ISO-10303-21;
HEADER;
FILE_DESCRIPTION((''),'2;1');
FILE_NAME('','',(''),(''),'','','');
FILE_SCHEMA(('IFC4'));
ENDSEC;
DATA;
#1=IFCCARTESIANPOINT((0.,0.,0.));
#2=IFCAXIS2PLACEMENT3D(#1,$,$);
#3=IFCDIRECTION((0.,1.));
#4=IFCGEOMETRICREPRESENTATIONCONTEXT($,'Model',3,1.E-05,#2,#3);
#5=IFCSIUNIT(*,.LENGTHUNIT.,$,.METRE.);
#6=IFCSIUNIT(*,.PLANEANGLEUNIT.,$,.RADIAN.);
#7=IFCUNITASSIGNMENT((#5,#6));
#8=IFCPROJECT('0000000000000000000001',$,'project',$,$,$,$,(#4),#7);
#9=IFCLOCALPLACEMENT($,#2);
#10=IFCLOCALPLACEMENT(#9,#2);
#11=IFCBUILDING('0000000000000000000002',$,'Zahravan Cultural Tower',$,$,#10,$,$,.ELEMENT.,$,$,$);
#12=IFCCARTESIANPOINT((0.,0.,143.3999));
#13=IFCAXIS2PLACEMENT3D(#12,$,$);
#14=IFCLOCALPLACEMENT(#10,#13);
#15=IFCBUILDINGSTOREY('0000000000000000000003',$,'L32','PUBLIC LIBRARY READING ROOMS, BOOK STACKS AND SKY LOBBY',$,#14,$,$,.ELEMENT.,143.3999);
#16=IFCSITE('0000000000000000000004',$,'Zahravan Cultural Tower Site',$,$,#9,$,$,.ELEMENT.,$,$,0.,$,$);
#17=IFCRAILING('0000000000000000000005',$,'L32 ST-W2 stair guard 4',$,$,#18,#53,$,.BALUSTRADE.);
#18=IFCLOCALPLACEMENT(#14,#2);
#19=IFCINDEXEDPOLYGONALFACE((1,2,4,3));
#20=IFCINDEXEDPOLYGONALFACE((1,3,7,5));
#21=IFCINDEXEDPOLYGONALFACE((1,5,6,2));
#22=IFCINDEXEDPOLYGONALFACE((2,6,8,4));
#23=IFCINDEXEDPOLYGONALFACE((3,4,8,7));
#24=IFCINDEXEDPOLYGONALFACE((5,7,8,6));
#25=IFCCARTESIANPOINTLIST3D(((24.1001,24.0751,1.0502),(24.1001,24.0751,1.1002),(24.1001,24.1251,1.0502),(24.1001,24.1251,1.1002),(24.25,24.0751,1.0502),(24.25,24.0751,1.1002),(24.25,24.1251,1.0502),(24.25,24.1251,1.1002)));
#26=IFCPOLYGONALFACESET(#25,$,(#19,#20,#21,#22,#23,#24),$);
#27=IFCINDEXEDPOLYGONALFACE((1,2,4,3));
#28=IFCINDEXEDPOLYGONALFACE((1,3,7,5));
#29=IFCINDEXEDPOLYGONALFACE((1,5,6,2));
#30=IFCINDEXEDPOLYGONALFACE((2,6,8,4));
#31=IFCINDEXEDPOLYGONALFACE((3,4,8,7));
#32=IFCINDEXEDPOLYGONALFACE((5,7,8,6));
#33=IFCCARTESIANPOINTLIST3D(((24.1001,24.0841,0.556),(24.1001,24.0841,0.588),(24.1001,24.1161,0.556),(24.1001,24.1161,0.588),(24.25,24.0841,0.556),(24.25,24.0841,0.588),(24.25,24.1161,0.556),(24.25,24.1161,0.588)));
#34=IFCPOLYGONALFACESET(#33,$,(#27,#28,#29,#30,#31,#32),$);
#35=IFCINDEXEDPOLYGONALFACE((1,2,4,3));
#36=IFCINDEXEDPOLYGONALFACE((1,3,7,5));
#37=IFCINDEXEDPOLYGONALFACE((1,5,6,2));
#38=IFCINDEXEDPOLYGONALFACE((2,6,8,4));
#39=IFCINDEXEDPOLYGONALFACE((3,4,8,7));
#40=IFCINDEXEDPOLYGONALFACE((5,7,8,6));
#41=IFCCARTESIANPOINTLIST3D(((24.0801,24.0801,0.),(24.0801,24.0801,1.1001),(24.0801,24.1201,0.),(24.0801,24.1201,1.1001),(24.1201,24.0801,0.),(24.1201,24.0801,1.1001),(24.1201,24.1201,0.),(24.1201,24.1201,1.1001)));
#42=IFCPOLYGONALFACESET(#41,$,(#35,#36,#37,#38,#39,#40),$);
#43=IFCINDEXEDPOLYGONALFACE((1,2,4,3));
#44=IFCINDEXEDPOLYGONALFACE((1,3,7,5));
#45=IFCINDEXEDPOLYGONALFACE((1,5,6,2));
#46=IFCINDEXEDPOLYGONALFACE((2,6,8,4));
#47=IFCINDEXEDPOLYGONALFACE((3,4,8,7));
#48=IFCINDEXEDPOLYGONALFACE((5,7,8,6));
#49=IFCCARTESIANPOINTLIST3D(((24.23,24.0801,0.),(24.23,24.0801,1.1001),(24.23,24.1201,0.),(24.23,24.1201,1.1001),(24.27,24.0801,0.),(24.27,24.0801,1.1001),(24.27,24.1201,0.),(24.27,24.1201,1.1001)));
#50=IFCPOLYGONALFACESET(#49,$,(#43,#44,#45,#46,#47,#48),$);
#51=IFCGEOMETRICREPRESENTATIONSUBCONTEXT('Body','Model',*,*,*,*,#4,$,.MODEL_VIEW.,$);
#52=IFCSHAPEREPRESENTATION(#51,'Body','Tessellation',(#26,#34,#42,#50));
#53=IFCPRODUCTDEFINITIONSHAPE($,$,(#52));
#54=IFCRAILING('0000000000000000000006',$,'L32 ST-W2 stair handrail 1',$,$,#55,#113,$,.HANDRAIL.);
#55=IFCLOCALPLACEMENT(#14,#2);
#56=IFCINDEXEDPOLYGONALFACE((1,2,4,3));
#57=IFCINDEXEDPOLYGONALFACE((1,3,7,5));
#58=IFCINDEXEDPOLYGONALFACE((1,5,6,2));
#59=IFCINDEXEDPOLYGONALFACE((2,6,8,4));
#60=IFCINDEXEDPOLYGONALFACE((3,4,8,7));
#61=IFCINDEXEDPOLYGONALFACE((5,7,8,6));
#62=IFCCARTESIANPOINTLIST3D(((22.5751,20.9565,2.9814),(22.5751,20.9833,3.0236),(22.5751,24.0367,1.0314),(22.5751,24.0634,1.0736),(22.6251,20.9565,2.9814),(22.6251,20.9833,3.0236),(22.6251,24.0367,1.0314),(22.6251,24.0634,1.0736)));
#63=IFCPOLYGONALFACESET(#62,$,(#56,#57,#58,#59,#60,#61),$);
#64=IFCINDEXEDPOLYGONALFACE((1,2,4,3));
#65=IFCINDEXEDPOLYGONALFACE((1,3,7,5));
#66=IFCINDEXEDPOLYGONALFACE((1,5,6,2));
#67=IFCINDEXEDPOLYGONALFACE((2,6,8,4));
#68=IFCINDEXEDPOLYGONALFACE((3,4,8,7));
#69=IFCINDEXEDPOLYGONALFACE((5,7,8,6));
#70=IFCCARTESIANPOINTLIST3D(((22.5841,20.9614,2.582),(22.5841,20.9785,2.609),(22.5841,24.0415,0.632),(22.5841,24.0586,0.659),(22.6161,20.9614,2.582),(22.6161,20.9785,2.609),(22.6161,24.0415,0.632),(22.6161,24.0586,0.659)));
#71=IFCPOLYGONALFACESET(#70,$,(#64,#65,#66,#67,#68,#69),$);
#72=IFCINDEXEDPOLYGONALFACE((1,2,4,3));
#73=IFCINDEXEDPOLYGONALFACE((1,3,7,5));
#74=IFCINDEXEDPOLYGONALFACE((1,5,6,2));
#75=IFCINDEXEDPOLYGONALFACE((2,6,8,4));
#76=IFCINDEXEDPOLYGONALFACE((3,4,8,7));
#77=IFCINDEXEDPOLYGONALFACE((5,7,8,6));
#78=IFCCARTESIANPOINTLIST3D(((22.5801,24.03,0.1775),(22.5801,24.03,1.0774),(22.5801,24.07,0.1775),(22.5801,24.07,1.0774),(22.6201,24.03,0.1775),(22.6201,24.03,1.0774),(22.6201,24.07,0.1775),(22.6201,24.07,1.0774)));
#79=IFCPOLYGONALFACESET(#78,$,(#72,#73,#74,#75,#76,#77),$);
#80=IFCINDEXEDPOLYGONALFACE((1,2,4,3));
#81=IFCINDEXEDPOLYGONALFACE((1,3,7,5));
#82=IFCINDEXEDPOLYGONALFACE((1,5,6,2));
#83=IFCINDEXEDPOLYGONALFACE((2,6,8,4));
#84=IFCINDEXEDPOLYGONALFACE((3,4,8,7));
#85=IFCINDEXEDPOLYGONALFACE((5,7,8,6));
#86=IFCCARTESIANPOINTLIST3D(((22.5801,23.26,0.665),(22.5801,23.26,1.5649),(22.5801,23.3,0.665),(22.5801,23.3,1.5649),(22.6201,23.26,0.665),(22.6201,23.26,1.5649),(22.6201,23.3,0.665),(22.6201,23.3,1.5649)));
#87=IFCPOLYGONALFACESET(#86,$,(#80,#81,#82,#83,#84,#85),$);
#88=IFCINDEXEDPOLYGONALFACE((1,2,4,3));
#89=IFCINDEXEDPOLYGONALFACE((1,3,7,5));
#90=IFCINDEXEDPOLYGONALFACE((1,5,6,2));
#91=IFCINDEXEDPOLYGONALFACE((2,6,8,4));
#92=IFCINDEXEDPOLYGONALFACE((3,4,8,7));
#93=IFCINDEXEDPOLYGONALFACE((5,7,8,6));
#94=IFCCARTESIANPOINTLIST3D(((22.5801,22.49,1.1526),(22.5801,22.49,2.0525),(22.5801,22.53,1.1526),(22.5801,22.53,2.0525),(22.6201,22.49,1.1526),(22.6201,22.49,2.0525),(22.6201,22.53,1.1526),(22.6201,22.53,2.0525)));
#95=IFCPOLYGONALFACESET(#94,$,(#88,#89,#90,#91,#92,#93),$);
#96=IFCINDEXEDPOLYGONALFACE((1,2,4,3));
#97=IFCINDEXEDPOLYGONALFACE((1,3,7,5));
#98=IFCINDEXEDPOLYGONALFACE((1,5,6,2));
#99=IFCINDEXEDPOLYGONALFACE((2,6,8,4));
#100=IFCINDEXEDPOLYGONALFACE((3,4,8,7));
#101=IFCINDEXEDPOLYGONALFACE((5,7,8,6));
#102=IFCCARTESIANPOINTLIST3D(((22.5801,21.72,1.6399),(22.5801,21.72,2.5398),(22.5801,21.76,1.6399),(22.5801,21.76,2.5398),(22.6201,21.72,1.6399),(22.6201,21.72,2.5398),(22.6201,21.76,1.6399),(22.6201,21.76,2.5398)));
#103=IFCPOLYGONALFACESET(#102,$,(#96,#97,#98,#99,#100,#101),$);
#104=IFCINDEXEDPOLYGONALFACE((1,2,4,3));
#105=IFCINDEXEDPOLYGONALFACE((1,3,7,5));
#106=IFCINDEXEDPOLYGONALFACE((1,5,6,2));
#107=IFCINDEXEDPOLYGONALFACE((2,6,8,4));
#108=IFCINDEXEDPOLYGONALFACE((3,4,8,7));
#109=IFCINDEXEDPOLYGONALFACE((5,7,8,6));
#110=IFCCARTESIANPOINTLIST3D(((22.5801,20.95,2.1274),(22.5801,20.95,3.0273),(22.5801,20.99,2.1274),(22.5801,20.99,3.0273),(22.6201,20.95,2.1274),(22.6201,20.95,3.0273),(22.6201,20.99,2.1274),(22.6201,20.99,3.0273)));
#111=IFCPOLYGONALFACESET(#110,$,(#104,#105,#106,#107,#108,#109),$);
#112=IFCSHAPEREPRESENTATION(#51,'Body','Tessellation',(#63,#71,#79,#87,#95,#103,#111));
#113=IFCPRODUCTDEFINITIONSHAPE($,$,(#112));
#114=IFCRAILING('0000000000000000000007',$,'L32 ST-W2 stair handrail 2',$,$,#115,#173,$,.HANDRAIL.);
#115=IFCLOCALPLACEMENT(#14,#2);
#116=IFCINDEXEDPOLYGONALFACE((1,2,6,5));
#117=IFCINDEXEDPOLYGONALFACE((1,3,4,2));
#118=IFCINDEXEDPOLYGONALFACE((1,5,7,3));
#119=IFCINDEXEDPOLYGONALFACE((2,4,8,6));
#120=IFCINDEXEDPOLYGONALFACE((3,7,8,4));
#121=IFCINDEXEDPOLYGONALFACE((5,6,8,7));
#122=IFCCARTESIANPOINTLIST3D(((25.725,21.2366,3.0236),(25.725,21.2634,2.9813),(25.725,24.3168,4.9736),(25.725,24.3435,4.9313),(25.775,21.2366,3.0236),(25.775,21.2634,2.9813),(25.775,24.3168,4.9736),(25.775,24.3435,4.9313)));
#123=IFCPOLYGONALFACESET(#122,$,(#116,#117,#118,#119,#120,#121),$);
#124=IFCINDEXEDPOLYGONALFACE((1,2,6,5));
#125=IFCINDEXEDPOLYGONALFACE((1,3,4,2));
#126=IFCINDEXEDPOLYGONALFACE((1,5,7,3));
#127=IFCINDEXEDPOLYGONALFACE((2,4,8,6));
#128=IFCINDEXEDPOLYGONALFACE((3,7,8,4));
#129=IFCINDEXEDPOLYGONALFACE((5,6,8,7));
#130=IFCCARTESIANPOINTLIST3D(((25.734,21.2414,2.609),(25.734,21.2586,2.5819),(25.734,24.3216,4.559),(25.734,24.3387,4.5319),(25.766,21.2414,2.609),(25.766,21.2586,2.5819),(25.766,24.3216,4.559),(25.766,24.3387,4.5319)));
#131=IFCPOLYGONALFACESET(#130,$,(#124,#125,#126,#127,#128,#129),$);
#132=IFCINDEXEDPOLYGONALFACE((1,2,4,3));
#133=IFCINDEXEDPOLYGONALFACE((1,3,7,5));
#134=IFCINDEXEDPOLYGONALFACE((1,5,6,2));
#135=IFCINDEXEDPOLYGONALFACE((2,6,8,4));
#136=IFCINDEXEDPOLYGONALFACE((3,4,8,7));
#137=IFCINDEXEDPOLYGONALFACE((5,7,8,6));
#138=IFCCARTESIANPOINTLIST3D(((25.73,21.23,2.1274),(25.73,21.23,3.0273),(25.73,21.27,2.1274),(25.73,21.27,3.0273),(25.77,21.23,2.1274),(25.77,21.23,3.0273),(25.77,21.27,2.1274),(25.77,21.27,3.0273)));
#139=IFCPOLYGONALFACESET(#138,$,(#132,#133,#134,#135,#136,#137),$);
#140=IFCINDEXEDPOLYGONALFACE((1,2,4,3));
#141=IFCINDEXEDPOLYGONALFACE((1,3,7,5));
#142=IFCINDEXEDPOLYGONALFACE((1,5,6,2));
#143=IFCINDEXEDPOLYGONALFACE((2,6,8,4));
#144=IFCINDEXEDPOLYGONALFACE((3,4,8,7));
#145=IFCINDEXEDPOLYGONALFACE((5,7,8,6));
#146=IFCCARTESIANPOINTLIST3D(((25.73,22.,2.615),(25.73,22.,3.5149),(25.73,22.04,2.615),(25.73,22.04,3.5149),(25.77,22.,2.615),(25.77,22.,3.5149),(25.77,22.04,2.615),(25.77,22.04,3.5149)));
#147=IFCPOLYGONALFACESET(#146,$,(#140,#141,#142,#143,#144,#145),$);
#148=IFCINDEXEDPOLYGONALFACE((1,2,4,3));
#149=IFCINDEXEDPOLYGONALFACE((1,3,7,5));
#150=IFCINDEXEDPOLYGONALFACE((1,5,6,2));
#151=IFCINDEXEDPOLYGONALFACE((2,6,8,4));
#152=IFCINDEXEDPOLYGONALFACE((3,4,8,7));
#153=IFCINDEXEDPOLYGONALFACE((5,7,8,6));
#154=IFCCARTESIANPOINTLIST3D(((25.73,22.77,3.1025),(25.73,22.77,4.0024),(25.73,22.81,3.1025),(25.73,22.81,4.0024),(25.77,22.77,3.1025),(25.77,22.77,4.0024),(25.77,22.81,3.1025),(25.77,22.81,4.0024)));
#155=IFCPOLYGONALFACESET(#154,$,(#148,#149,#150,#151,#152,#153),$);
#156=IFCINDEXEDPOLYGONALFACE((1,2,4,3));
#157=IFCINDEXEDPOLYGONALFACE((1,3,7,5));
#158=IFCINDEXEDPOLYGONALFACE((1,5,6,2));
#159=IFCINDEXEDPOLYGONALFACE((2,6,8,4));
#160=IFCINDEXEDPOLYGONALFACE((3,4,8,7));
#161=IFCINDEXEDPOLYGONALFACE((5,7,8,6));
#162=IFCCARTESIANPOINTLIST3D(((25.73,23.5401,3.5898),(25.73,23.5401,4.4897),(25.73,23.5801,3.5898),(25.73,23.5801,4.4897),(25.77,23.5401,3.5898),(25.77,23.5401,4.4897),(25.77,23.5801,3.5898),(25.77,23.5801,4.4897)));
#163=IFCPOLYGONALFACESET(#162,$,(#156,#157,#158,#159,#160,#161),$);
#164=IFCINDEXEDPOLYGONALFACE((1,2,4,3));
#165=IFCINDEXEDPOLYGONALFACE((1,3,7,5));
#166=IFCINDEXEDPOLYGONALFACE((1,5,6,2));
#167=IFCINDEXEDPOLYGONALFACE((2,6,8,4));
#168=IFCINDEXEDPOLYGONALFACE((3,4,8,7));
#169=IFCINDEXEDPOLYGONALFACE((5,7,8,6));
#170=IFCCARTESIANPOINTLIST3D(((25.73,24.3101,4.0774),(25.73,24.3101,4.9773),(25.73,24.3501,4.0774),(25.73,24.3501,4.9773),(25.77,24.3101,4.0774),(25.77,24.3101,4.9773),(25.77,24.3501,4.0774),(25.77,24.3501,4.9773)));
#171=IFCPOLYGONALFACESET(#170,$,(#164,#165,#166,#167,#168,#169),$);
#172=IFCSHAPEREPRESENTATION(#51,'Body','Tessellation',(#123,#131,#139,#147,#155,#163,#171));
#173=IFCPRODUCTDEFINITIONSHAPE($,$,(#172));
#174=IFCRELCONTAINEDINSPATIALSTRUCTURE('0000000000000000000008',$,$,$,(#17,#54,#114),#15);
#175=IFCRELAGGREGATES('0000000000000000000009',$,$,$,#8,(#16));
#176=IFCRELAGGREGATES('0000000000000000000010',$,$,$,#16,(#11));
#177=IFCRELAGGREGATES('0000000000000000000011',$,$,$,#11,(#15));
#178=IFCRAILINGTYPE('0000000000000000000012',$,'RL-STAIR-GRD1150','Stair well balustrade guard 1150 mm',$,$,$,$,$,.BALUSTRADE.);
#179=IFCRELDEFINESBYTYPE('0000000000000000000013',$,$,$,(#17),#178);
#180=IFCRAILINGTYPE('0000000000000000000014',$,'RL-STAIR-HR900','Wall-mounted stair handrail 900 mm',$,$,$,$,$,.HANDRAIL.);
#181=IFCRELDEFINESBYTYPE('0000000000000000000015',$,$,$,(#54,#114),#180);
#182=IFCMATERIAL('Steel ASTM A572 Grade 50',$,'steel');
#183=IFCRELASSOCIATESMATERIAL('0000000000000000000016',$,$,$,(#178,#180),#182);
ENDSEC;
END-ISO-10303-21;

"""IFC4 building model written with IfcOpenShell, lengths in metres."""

from ifc_helpers import new_model, si_unit, direction, frame, origin, origin_2d, place, context, subcontext, project, spatial, rectangle, extrude, material, type_object, element, save


model = new_model("IFC4")

# Units and contexts
model_context = context("Model", 3, precision=1e-05, world=origin(), true_north=direction((0.0, 1.0)))
body_context = subcontext(model_context, "Body", "Model", "MODEL_VIEW")
ifc_project = project(units=[si_unit("LENGTHUNIT", "METRE"), si_unit("PLANEANGLEUNIT", "RADIAN")], contexts=[model_context])

# Site, building, storey
site_placement = place(None, origin())
site = spatial("IfcSite", under=ifc_project, at=site_placement, Name="Zahravan Cultural Tower Site", CompositionType="ELEMENT", RefElevation=0.0)
building_placement = place(site_placement, origin())
building = spatial("IfcBuilding", under=site, at=building_placement, Name="Zahravan Cultural Tower", CompositionType="ELEMENT")
storey_placement = place(building_placement, frame((0.0, 0.0, 143.3999)))
storey = spatial("IfcBuildingStorey", under=building, at=storey_placement, Name="L32", Description="PUBLIC LIBRARY READING ROOMS, BOOK STACKS AND SKY LOBBY", CompositionType="ELEMENT", Elevation=143.3999)

# Shared definitions
ifc_material_1 = material(Name="Steel ASTM A572 Grade 50", Category="steel")

# Railings
railing_type_1 = type_object("IfcRailingType", Name="RL-STAIR-GRD1150", Description="Stair well balustrade guard 1150 mm", PredefinedType="BALUSTRADE", material=ifc_material_1)
railing_1_placement = place(storey_placement, frame((24.1001, 24.1001, 0.0)))
element("IfcRailing", 1, at=railing_1_placement, inside=storey, type_object=railing_type_1, Name="L32 ST-W2 stair guard 4", PredefinedType="BALUSTRADE", context=body_context, shape_type="SweptSolid", body=[
    extrude(rectangle(XDim=0.05, YDim=0.05, at=origin_2d()), frame((0.0, 0.0, 1.0752), z_axis=(1.0, 0.0, 0.0), x_axis=(0.0, 1.0, 0.0)), (0.0, 0.0, 1.0), 0.1499),
    extrude(rectangle(XDim=0.032, YDim=0.032, at=origin_2d()), frame((0.0, 0.0, 0.572), z_axis=(1.0, 0.0, 0.0), x_axis=(0.0, 1.0, 0.0)), (0.0, 0.0, 1.0), 0.1499),
    extrude(rectangle(XDim=0.04, YDim=0.04, at=origin_2d()), origin(), (0.0, 0.0, 1.0), 1.1001),
    extrude(rectangle(XDim=0.04, YDim=0.04, at=origin_2d()), frame((0.1499, 0.0, 0.0)), (0.0, 0.0, 1.0), 1.1001),
])
railing_type_2 = type_object("IfcRailingType", Name="RL-STAIR-HR900", Description="Wall-mounted stair handrail 900 mm", PredefinedType="HANDRAIL", material=ifc_material_1)
railing_2_placement = place(storey_placement, frame((22.6001, 24.05, 0.1775)))
element("IfcRailing", 2, at=railing_2_placement, inside=storey, type_object=railing_type_2, Name="L32 ST-W2 stair handrail 1", PredefinedType="HANDRAIL", context=body_context, shape_type="SweptSolid", body=[
    extrude(rectangle(XDim=0.05, YDim=0.05, at=origin_2d()), frame((0.0, 0.0, 0.875), z_axis=(0.0, -0.844914, 0.534902), x_axis=(1.0, 0.0, 0.0)), (0.0, 0.0, 1.0), 3.6455),
    extrude(rectangle(XDim=0.032, YDim=0.032, at=origin_2d()), frame((0.0, 0.0, 0.468), z_axis=(0.0, -0.844914, 0.534902), x_axis=(1.0, 0.0, 0.0)), (0.0, 0.0, 1.0), 3.6455),
    extrude(rectangle(XDim=0.04, YDim=0.04, at=origin_2d()), origin(), (0.0, 0.0, 1.0), 0.8999),
    extrude(rectangle(XDim=0.04, YDim=0.04, at=origin_2d()), frame((0.0, -0.77, 0.4875)), (0.0, 0.0, 1.0), 0.8999),
    extrude(rectangle(XDim=0.04, YDim=0.04, at=origin_2d()), frame((0.0, -1.54, 0.9751)), (0.0, 0.0, 1.0), 0.8999),
    extrude(rectangle(XDim=0.04, YDim=0.04, at=origin_2d()), frame((0.0, -2.3101, 1.4624)), (0.0, 0.0, 1.0), 0.8999),
    extrude(rectangle(XDim=0.04, YDim=0.04, at=origin_2d()), frame((0.0, -3.0801, 1.95)), (0.0, 0.0, 1.0), 0.8999),
])
railing_3_placement = place(storey_placement, frame((25.75, 21.25, 2.1274)))
element("IfcRailing", 3, at=railing_3_placement, inside=storey, type_object=railing_type_2, Name="L32 ST-W2 stair handrail 2", PredefinedType="HANDRAIL", context=body_context, shape_type="SweptSolid", body=[
    extrude(rectangle(XDim=0.05, YDim=0.05, at=origin_2d()), frame((0.0, 0.0, 0.875), z_axis=(0.0, 0.844914, 0.534902), x_axis=(-1.0, 0.0, 0.0)), (0.0, 0.0, 1.0), 3.6455),
    extrude(rectangle(XDim=0.032, YDim=0.032, at=origin_2d()), frame((0.0, 0.0, 0.468), z_axis=(0.0, 0.844914, 0.534902), x_axis=(-1.0, 0.0, 0.0)), (0.0, 0.0, 1.0), 3.6455),
    extrude(rectangle(XDim=0.04, YDim=0.04, at=origin_2d()), origin(), (0.0, 0.0, 1.0), 0.8999),
    extrude(rectangle(XDim=0.04, YDim=0.04, at=origin_2d()), frame((0.0, 0.77, 0.4875)), (0.0, 0.0, 1.0), 0.8999),
    extrude(rectangle(XDim=0.04, YDim=0.04, at=origin_2d()), frame((0.0, 1.54, 0.9751)), (0.0, 0.0, 1.0), 0.8999),
    extrude(rectangle(XDim=0.04, YDim=0.04, at=origin_2d()), frame((0.0, 2.3101, 1.4624)), (0.0, 0.0, 1.0), 0.8999),
    extrude(rectangle(XDim=0.04, YDim=0.04, at=origin_2d()), frame((0.0, 3.0801, 1.95)), (0.0, 0.0, 1.0), 0.8999),
])

save(model, "model.ifc")
